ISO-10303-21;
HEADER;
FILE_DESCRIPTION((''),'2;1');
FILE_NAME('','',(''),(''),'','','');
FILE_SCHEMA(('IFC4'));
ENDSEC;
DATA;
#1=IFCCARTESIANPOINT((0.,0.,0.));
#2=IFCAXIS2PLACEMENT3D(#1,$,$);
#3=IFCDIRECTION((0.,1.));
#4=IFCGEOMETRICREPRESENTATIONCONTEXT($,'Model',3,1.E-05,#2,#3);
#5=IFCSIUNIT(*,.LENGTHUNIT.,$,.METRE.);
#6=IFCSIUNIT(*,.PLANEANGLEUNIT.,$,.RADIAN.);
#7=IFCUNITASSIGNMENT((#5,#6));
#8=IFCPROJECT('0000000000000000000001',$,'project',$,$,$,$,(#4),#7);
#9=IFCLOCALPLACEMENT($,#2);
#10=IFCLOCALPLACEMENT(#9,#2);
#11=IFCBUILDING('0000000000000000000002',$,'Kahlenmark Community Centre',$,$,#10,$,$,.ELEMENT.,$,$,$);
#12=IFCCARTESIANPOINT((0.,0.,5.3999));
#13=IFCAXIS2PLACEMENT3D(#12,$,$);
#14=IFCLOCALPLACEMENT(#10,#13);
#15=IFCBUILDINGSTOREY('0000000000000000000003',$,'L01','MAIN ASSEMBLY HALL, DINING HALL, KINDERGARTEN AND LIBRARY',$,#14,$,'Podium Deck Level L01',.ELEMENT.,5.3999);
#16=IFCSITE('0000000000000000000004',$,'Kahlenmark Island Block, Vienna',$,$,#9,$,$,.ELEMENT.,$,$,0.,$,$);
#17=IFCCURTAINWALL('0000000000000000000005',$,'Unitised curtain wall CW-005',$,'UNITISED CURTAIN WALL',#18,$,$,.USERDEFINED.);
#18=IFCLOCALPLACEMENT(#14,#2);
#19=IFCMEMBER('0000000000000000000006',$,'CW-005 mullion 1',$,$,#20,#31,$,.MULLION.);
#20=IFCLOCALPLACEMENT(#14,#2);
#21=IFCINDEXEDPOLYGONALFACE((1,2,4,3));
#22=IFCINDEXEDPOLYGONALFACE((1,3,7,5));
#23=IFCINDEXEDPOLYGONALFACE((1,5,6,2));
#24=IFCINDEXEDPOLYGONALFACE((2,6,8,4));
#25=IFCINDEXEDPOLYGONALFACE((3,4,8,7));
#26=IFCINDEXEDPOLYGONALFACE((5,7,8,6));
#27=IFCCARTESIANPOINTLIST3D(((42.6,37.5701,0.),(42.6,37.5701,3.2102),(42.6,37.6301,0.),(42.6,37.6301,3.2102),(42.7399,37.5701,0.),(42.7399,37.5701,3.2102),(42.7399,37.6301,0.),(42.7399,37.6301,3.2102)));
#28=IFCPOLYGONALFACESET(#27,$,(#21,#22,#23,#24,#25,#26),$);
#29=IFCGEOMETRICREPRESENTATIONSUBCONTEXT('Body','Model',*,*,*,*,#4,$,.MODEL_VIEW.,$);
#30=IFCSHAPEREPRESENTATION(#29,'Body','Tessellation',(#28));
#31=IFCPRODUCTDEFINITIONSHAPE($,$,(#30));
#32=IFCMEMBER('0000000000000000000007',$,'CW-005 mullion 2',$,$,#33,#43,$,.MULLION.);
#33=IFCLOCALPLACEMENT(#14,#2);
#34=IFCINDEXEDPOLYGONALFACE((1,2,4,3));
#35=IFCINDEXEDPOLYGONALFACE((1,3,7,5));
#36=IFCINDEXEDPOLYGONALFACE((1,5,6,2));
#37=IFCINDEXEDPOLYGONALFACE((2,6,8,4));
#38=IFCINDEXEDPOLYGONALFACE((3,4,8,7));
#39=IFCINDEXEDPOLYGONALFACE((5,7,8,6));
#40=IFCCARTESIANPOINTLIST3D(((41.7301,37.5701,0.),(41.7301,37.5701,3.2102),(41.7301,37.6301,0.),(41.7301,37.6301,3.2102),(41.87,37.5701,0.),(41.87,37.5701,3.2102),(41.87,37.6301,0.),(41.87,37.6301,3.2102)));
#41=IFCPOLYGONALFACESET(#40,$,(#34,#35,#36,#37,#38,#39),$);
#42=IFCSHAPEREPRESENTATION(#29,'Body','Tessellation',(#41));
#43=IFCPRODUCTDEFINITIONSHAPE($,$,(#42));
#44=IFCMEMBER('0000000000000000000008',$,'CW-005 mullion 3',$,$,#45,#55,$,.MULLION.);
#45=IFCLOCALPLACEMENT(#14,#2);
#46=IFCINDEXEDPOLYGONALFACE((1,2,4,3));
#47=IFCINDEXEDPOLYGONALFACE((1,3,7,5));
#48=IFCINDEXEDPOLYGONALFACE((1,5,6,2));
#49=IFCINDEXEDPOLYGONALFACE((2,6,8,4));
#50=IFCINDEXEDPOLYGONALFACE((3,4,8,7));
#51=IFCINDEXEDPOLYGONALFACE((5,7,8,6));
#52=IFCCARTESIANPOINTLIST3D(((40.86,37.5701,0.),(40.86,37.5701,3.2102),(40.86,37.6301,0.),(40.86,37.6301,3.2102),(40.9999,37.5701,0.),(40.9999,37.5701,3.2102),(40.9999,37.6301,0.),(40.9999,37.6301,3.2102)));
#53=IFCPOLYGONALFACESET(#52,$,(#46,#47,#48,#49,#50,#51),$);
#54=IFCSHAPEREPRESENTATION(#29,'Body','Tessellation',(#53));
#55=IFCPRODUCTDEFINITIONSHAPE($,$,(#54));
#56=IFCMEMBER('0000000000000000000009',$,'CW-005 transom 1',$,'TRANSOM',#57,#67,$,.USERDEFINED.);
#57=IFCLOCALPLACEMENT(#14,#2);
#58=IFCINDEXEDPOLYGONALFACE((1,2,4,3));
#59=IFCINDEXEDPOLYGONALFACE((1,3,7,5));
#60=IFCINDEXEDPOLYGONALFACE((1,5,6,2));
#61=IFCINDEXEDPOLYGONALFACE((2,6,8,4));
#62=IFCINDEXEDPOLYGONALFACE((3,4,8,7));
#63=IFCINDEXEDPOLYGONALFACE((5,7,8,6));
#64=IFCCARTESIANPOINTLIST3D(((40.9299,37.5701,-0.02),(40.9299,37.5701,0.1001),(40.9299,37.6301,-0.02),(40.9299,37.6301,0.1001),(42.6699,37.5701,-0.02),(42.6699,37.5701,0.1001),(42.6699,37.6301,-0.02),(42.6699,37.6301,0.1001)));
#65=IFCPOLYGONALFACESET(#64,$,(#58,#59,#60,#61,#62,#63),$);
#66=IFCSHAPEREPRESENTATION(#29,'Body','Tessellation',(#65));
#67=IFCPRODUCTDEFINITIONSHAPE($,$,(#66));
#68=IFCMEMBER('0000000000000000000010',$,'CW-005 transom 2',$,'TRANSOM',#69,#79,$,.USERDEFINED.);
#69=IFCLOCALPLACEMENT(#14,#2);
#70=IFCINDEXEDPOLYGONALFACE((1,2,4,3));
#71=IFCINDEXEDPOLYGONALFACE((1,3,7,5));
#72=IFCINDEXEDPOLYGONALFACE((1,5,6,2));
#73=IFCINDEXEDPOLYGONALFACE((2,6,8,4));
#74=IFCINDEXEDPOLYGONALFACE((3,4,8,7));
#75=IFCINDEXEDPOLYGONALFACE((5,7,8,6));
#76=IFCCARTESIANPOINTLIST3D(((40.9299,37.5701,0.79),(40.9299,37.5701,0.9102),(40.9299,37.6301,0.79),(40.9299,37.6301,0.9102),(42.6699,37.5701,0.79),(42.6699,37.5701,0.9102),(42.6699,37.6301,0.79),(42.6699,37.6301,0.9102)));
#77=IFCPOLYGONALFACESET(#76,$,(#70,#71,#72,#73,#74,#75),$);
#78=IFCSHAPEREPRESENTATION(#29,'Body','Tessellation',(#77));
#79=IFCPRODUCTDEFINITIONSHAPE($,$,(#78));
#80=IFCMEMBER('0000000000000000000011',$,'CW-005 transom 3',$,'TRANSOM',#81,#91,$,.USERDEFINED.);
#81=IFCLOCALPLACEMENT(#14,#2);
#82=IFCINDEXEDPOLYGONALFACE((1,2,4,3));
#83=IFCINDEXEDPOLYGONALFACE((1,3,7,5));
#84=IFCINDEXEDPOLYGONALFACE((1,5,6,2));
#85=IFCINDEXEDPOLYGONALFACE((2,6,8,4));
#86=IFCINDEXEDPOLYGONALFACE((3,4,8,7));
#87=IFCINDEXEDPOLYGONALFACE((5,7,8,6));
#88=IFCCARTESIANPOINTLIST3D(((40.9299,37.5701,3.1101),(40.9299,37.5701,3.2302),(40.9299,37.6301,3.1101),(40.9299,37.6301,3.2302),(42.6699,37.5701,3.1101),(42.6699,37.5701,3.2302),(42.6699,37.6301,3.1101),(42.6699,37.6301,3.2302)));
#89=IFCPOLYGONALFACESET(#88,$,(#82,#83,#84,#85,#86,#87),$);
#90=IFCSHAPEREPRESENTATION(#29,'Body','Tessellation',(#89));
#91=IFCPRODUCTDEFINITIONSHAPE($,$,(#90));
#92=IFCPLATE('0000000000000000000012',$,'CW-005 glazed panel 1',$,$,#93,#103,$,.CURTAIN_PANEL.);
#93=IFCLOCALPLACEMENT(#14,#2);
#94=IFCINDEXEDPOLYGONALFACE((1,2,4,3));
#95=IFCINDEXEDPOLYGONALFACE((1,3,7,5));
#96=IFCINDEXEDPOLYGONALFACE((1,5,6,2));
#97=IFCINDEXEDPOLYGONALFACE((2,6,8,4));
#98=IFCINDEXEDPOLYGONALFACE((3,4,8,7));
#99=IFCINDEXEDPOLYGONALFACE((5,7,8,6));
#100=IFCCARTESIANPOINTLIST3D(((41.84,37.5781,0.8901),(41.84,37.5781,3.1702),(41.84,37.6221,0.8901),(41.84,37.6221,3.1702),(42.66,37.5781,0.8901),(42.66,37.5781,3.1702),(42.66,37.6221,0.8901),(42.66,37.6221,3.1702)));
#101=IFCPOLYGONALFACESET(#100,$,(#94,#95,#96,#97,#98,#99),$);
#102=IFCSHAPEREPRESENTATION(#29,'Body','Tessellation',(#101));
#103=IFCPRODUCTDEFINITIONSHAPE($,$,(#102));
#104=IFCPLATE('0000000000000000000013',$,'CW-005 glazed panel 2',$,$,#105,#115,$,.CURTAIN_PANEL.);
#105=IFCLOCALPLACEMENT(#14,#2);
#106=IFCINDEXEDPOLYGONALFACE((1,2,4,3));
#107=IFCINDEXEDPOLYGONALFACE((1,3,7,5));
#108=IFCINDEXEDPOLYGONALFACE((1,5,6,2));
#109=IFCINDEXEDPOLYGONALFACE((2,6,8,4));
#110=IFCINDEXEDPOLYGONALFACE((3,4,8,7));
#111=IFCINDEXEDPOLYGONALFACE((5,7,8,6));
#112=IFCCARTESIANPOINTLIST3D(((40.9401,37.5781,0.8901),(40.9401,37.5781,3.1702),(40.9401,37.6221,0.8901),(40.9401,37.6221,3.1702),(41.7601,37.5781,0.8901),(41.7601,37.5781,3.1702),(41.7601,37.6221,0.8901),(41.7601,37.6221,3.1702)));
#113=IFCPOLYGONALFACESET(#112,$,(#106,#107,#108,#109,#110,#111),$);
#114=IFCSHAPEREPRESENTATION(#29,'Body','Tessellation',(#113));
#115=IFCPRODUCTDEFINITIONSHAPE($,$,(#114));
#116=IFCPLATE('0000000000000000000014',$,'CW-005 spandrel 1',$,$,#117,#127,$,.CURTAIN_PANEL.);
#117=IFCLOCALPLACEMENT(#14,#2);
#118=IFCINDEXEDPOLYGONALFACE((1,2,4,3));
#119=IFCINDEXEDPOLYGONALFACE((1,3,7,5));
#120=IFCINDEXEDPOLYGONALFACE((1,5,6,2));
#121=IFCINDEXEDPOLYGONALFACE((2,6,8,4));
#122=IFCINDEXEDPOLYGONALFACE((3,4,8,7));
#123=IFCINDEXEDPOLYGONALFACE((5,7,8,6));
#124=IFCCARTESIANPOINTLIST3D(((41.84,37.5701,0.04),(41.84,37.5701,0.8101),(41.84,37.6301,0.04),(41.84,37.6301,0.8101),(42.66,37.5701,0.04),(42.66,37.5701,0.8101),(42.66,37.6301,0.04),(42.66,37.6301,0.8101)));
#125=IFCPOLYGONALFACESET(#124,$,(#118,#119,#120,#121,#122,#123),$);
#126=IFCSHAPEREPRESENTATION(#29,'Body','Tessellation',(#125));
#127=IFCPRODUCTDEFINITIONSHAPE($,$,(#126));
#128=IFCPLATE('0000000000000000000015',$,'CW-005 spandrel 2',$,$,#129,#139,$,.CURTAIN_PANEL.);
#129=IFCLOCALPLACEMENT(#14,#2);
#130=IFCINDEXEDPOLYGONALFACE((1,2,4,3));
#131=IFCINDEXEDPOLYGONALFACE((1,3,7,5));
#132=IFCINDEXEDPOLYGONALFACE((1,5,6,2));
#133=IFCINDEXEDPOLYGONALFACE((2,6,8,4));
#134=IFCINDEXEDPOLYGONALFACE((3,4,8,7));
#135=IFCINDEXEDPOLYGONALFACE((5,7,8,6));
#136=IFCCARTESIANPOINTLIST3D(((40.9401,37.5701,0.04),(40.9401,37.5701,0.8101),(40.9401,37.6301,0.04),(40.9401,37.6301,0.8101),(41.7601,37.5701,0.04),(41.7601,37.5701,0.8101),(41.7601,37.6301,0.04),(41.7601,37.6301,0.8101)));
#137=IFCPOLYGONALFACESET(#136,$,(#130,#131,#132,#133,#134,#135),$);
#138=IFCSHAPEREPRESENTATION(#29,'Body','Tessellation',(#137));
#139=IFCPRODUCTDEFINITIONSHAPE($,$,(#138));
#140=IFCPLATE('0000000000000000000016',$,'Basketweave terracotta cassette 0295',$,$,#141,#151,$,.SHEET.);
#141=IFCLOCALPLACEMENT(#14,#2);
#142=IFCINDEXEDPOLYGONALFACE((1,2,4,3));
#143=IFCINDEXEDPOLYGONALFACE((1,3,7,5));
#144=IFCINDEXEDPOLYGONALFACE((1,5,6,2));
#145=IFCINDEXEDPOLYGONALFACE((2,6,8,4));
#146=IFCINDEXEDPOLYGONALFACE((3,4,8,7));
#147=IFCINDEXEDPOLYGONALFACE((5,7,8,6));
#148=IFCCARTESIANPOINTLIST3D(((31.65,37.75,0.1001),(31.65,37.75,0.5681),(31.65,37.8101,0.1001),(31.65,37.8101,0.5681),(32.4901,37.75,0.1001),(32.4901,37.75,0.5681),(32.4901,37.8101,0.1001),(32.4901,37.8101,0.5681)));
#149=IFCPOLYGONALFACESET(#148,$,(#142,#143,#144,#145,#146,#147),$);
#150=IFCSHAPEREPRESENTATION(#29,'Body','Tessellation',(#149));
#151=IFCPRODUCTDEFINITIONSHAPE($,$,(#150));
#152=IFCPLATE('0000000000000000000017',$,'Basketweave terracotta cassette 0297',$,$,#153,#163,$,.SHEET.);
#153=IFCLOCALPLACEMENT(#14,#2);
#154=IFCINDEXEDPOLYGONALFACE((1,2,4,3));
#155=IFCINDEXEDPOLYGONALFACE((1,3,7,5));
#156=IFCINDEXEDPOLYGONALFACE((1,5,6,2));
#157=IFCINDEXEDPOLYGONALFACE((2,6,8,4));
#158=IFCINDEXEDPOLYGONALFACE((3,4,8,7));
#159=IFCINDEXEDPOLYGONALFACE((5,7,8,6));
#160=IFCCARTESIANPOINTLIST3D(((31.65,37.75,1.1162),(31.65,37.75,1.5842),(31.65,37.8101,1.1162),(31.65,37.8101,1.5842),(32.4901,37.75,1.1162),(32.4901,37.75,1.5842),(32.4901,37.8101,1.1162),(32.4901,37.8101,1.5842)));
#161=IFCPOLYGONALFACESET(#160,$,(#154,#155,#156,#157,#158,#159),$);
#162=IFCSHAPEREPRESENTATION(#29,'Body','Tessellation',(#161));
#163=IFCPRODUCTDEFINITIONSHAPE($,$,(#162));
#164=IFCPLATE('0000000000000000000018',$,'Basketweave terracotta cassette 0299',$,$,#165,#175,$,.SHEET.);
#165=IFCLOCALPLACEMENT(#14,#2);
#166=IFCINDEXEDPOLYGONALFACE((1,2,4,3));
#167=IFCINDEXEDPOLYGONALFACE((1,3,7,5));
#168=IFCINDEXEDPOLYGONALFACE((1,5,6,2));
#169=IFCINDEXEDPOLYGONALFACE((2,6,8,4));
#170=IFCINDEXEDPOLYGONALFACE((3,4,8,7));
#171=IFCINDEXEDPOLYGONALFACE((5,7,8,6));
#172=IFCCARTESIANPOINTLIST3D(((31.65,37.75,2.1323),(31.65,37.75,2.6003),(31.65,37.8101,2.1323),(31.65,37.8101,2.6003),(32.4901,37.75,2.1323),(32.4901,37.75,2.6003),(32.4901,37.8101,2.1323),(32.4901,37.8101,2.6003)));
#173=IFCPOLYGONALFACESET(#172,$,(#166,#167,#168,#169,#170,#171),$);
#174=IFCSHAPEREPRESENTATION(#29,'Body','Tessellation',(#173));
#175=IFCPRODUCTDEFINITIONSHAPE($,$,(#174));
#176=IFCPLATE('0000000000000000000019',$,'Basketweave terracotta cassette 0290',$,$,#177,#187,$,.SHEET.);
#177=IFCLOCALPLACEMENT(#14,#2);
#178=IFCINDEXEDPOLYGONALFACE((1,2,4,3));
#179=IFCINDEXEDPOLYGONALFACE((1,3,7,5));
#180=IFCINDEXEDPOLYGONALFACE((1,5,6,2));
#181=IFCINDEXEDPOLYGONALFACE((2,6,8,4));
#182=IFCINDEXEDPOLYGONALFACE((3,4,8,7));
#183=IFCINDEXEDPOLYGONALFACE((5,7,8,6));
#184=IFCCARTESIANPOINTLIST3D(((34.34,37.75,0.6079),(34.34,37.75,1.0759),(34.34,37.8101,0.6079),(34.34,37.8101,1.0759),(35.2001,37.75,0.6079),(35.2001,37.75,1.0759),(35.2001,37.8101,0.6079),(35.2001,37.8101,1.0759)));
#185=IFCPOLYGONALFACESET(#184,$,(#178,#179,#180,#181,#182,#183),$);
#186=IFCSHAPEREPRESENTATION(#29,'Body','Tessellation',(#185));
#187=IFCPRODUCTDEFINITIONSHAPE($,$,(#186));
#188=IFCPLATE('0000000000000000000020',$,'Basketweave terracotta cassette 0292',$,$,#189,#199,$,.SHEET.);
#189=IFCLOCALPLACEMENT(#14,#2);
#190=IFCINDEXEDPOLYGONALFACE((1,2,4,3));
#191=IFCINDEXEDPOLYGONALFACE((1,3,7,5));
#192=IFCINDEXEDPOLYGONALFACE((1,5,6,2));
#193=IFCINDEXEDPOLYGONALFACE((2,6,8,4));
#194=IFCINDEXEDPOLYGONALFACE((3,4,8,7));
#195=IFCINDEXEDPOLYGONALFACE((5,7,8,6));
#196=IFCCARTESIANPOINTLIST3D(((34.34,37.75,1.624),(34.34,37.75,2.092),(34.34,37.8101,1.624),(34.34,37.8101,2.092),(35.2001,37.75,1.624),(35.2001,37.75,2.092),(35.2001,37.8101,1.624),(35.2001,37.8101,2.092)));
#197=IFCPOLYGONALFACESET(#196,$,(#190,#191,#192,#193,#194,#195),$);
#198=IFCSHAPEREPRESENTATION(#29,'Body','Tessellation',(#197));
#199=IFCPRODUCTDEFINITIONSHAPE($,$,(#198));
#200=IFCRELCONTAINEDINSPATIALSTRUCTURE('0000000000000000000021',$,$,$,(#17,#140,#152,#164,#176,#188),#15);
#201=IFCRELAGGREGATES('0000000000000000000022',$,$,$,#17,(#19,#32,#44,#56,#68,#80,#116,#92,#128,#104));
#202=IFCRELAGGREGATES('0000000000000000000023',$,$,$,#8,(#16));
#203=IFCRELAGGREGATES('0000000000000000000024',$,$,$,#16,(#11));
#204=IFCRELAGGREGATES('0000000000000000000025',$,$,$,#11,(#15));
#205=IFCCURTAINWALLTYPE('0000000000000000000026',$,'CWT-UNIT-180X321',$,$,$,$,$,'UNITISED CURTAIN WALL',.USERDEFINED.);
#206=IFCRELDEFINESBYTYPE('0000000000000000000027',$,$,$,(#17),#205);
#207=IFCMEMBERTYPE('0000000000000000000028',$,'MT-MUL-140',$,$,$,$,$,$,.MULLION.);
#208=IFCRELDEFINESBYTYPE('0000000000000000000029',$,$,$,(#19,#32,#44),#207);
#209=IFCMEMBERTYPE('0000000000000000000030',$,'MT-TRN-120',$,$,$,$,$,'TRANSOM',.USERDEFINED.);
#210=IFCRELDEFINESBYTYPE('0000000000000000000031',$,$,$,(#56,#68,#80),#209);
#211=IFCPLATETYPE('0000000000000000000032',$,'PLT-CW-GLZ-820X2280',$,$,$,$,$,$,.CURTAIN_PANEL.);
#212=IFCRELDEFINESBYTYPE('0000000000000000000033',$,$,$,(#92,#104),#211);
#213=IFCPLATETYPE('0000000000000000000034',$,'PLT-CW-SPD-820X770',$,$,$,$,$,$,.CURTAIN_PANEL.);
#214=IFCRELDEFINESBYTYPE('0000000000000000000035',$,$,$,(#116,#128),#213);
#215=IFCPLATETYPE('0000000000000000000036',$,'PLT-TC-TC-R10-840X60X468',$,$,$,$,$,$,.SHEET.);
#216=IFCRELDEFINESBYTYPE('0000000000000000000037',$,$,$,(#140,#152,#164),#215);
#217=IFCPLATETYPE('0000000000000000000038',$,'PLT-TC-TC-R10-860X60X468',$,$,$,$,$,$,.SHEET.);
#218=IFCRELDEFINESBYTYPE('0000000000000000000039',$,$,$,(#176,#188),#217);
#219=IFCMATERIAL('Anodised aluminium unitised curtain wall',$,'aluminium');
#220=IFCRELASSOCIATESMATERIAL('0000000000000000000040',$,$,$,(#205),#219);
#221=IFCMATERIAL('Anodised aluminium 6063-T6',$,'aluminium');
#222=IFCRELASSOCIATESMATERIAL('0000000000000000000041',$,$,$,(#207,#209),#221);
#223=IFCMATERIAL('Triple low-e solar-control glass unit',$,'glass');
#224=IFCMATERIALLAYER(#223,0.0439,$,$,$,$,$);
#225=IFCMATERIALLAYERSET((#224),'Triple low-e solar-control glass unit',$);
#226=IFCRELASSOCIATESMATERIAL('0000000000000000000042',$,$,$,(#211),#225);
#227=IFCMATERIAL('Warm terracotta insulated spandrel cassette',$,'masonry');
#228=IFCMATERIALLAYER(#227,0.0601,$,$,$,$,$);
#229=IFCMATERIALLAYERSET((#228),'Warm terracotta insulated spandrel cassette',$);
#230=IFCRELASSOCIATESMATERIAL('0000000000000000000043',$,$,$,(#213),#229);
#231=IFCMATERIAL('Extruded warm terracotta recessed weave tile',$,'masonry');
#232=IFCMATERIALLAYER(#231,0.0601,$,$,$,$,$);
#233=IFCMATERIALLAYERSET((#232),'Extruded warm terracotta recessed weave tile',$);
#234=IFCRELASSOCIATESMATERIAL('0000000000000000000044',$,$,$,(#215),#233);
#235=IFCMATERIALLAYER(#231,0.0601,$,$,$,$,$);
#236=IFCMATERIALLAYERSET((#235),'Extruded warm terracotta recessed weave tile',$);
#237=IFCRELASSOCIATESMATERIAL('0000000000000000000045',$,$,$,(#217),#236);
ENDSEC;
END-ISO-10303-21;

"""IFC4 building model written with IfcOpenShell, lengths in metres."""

from ifc_helpers import new_model, si_unit, direction, frame, origin, origin_2d, place, context, subcontext, project, spatial, rectangle, extrude, material, layer, layer_set, material_profile, profile_set, type_object, element, aggregate, save


model = new_model("IFC4")

# Units and contexts
model_context = context("Model", 3, precision=1e-05, world=origin(), true_north=direction((0.0, 1.0)))
body_context = subcontext(model_context, "Body", "Model", "MODEL_VIEW")
ifc_project = project(units=[si_unit("LENGTHUNIT", "METRE"), si_unit("PLANEANGLEUNIT", "RADIAN")], contexts=[model_context])

# Site, building, storey
site_placement = place(None, origin())
site = spatial("IfcSite", under=ifc_project, at=site_placement, Name="Kahlenmark Island Block, Vienna", CompositionType="ELEMENT", RefElevation=0.0)
building_placement = place(site_placement, origin())
building = spatial("IfcBuilding", under=site, at=building_placement, Name="Kahlenmark Community Centre", CompositionType="ELEMENT")
storey_placement = place(building_placement, frame((0.0, 0.0, 5.3999)))
storey = spatial("IfcBuildingStorey", under=building, at=storey_placement, Name="L01", Description="MAIN ASSEMBLY HALL, DINING HALL, KINDERGARTEN AND LIBRARY", LongName="Podium Deck Level L01", CompositionType="ELEMENT", Elevation=5.3999)

# Curtain wall, members, plates
ifc_material_1 = material(Name="Anodised aluminium unitised curtain wall", Category="aluminium")
curtain_wall_type = type_object("IfcCurtainWallType", Name="CWT-UNIT-180X321", ElementType="UNITISED CURTAIN WALL", PredefinedType="USERDEFINED", material=ifc_material_1)
curtain_wall_placement = place(storey_placement, origin())
curtain_wall = element("IfcCurtainWall", 1, at=curtain_wall_placement, inside=storey, type_object=curtain_wall_type, Name="Unitised curtain wall CW-005", ObjectType="UNITISED CURTAIN WALL", PredefinedType="USERDEFINED")
ifc_material_2 = material(Name="Anodised aluminium 6063-T6", Category="aluminium")
ifc_material_profile_1 = material_profile(ifc_material_2, rectangle(XDim=0.0601, YDim=0.1399, at=origin_2d()), Name="ALU MULLION 60x140")
ifc_profile_set_1 = profile_set([ifc_material_profile_1], Name="Anodised aluminium 6063-T6")
member_type_1 = type_object("IfcMemberType", Name="MT-MUL-140", PredefinedType="MULLION", material=ifc_profile_set_1)
member_1_placement = place(storey_placement, frame((42.6699, 37.6001, 0.0), z_axis=(0.0, 0.0, 1.0), x_axis=(0.0, -1.0, 0.0)))
member_1 = element("IfcMember", 2, at=member_1_placement, type_object=member_type_1, Name="CW-005 mullion 1", PredefinedType="MULLION", context=body_context, shape_type="SweptSolid", body=[
    extrude(rectangle(XDim=0.0601, YDim=0.1399, at=origin_2d()), origin(), (0.0, 0.0, 1.0), 3.2102),
])
member_2_placement = place(storey_placement, frame((41.8, 37.6001, 0.0), z_axis=(0.0, 0.0, 1.0), x_axis=(0.0, -1.0, 0.0)))
member_2 = element("IfcMember", 3, at=member_2_placement, type_object=member_type_1, Name="CW-005 mullion 2", PredefinedType="MULLION", context=body_context, shape_type="SweptSolid", body=[
    extrude(rectangle(XDim=0.0601, YDim=0.1399, at=origin_2d()), origin(), (0.0, 0.0, 1.0), 3.2102),
])
member_3_placement = place(storey_placement, frame((40.9299, 37.6001, 0.0), z_axis=(0.0, 0.0, 1.0), x_axis=(0.0, -1.0, 0.0)))
member_3 = element("IfcMember", 4, at=member_3_placement, type_object=member_type_1, Name="CW-005 mullion 3", PredefinedType="MULLION", context=body_context, shape_type="SweptSolid", body=[
    extrude(rectangle(XDim=0.0601, YDim=0.1399, at=origin_2d()), origin(), (0.0, 0.0, 1.0), 3.2102),
])
ifc_material_profile_2 = material_profile(ifc_material_2, rectangle(XDim=0.0601, YDim=0.1201, at=origin_2d()), Name="ALU TRANSOM 60x120")
ifc_profile_set_2 = profile_set([ifc_material_profile_2], Name="Anodised aluminium 6063-T6")
member_type_2 = type_object("IfcMemberType", Name="MT-TRN-120", ElementType="TRANSOM", PredefinedType="USERDEFINED", material=ifc_profile_set_2)
member_4_placement = place(storey_placement, frame((42.6699, 37.6001, 0.04), z_axis=(-1.0, 0.0, 0.0), x_axis=(0.0, -1.0, 0.0)))
member_4 = element("IfcMember", 5, at=member_4_placement, type_object=member_type_2, Name="CW-005 transom 1", ObjectType="TRANSOM", PredefinedType="USERDEFINED", context=body_context, shape_type="SweptSolid", body=[
    extrude(rectangle(XDim=0.0601, YDim=0.1201, at=origin_2d()), origin(), (0.0, 0.0, 1.0), 1.74),
])
member_5_placement = place(storey_placement, frame((42.6699, 37.6001, 0.8501), z_axis=(-1.0, 0.0, 0.0), x_axis=(0.0, -1.0, 0.0)))
member_5 = element("IfcMember", 6, at=member_5_placement, type_object=member_type_2, Name="CW-005 transom 2", ObjectType="TRANSOM", PredefinedType="USERDEFINED", context=body_context, shape_type="SweptSolid", body=[
    extrude(rectangle(XDim=0.0601, YDim=0.1201, at=origin_2d()), origin(), (0.0, 0.0, 1.0), 1.74),
])
member_6_placement = place(storey_placement, frame((42.6699, 37.6001, 3.1702), z_axis=(-1.0, 0.0, 0.0), x_axis=(0.0, -1.0, 0.0)))
member_6 = element("IfcMember", 7, at=member_6_placement, type_object=member_type_2, Name="CW-005 transom 3", ObjectType="TRANSOM", PredefinedType="USERDEFINED", context=body_context, shape_type="SweptSolid", body=[
    extrude(rectangle(XDim=0.0601, YDim=0.1201, at=origin_2d()), origin(), (0.0, 0.0, 1.0), 1.74),
])
ifc_material_3 = material(Name="Triple low-e solar-control glass unit", Category="glass")
ifc_layer_1 = layer(ifc_material_3, 0.0439)
ifc_layer_set_1 = layer_set([ifc_layer_1], Name="Triple low-e solar-control glass unit")
plate_type_1 = type_object("IfcPlateType", Name="PLT-CW-GLZ-820X2280", PredefinedType="CURTAIN_PANEL", material=ifc_layer_set_1)
plate_1_placement = place(storey_placement, frame((42.25, 37.6001, 0.8901), z_axis=(0.0, 0.0, 1.0), x_axis=(-1.0, 0.0, 0.0)))
plate_1 = element("IfcPlate", 8, at=plate_1_placement, type_object=plate_type_1, Name="CW-005 glazed panel 1", PredefinedType="CURTAIN_PANEL", context=body_context, shape_type="SweptSolid", body=[
    extrude(rectangle(XDim=0.8201, YDim=0.0439, at=origin_2d()), origin(), (0.0, 0.0, 1.0), 2.28),
])
plate_2_placement = place(storey_placement, frame((41.3501, 37.6001, 0.8901), z_axis=(0.0, 0.0, 1.0), x_axis=(-1.0, 0.0, 0.0)))
plate_2 = element("IfcPlate", 9, at=plate_2_placement, type_object=plate_type_1, Name="CW-005 glazed panel 2", PredefinedType="CURTAIN_PANEL", context=body_context, shape_type="SweptSolid", body=[
    extrude(rectangle(XDim=0.8201, YDim=0.0439, at=origin_2d()), origin(), (0.0, 0.0, 1.0), 2.28),
])
ifc_material_4 = material(Name="Warm terracotta insulated spandrel cassette", Category="masonry")
ifc_layer_2 = layer(ifc_material_4, 0.0601)
ifc_layer_set_2 = layer_set([ifc_layer_2], Name="Warm terracotta insulated spandrel cassette")
plate_type_2 = type_object("IfcPlateType", Name="PLT-CW-SPD-820X770", PredefinedType="CURTAIN_PANEL", material=ifc_layer_set_2)
plate_3_placement = place(storey_placement, frame((42.25, 37.6001, 0.04), z_axis=(0.0, 0.0, 1.0), x_axis=(-1.0, 0.0, 0.0)))
plate_3 = element("IfcPlate", 10, at=plate_3_placement, type_object=plate_type_2, Name="CW-005 spandrel 1", PredefinedType="CURTAIN_PANEL", context=body_context, shape_type="SweptSolid", body=[
    extrude(rectangle(XDim=0.8201, YDim=0.0601, at=origin_2d()), origin(), (0.0, 0.0, 1.0), 0.77),
])
plate_4_placement = place(storey_placement, frame((41.3501, 37.6001, 0.04), z_axis=(0.0, 0.0, 1.0), x_axis=(-1.0, 0.0, 0.0)))
plate_4 = element("IfcPlate", 11, at=plate_4_placement, type_object=plate_type_2, Name="CW-005 spandrel 2", PredefinedType="CURTAIN_PANEL", context=body_context, shape_type="SweptSolid", body=[
    extrude(rectangle(XDim=0.8201, YDim=0.0601, at=origin_2d()), origin(), (0.0, 0.0, 1.0), 0.77),
])
aggregate(curtain_wall, [member_1, member_2, member_3, member_4, member_5, member_6, plate_3, plate_1, plate_4, plate_2])

# Plates
ifc_material_5 = material(Name="Extruded warm terracotta recessed weave tile", Category="masonry")
ifc_layer_3 = layer(ifc_material_5, 0.0601)
ifc_layer_set_3 = layer_set([ifc_layer_3], Name="Extruded warm terracotta recessed weave tile")
plate_type_3 = type_object("IfcPlateType", Name="PLT-TC-TC-R10-840X60X468", PredefinedType="SHEET", material=ifc_layer_set_3)
for number, where, z_axis, x_axis, name in (
    (12, (32.0701, 37.78, 0.1001), (0.0, 0.0, 1.0), (-1.0, 0.0, 0.0), "Basketweave terracotta cassette 0295"),
    (13, (32.0701, 37.78, 1.1162), (0.0, 0.0, 1.0), (-1.0, 0.0, 0.0), "Basketweave terracotta cassette 0297"),
    (14, (32.0701, 37.78, 2.1323), (0.0, 0.0, 1.0), (-1.0, 0.0, 0.0), "Basketweave terracotta cassette 0299"),
):
    element("IfcPlate", number, at=place(storey_placement, frame(where, z_axis=z_axis, x_axis=x_axis)), inside=storey, type_object=plate_type_3, Name=name, PredefinedType="SHEET", context=body_context, shape_type="SweptSolid", body=[
        extrude(rectangle(XDim=0.8401, YDim=0.0601, at=origin_2d()), origin(), (0.0, 0.0, 1.0), 0.468),
    ])
ifc_layer_4 = layer(ifc_material_5, 0.0601)
ifc_layer_set_4 = layer_set([ifc_layer_4], Name="Extruded warm terracotta recessed weave tile")
plate_type_4 = type_object("IfcPlateType", Name="PLT-TC-TC-R10-860X60X468", PredefinedType="SHEET", material=ifc_layer_set_4)
for number, where, z_axis, x_axis, name in (
    (15, (34.77, 37.78, 0.6079), (0.0, 0.0, 1.0), (-1.0, 0.0, 0.0), "Basketweave terracotta cassette 0290"),
    (16, (34.77, 37.78, 1.624), (0.0, 0.0, 1.0), (-1.0, 0.0, 0.0), "Basketweave terracotta cassette 0292"),
):
    element("IfcPlate", number, at=place(storey_placement, frame(where, z_axis=z_axis, x_axis=x_axis)), inside=storey, type_object=plate_type_4, Name=name, PredefinedType="SHEET", context=body_context, shape_type="SweptSolid", body=[
        extrude(rectangle(XDim=0.8601, YDim=0.0601, at=origin_2d()), origin(), (0.0, 0.0, 1.0), 0.468),
    ])

save(model, "model.ifc")
